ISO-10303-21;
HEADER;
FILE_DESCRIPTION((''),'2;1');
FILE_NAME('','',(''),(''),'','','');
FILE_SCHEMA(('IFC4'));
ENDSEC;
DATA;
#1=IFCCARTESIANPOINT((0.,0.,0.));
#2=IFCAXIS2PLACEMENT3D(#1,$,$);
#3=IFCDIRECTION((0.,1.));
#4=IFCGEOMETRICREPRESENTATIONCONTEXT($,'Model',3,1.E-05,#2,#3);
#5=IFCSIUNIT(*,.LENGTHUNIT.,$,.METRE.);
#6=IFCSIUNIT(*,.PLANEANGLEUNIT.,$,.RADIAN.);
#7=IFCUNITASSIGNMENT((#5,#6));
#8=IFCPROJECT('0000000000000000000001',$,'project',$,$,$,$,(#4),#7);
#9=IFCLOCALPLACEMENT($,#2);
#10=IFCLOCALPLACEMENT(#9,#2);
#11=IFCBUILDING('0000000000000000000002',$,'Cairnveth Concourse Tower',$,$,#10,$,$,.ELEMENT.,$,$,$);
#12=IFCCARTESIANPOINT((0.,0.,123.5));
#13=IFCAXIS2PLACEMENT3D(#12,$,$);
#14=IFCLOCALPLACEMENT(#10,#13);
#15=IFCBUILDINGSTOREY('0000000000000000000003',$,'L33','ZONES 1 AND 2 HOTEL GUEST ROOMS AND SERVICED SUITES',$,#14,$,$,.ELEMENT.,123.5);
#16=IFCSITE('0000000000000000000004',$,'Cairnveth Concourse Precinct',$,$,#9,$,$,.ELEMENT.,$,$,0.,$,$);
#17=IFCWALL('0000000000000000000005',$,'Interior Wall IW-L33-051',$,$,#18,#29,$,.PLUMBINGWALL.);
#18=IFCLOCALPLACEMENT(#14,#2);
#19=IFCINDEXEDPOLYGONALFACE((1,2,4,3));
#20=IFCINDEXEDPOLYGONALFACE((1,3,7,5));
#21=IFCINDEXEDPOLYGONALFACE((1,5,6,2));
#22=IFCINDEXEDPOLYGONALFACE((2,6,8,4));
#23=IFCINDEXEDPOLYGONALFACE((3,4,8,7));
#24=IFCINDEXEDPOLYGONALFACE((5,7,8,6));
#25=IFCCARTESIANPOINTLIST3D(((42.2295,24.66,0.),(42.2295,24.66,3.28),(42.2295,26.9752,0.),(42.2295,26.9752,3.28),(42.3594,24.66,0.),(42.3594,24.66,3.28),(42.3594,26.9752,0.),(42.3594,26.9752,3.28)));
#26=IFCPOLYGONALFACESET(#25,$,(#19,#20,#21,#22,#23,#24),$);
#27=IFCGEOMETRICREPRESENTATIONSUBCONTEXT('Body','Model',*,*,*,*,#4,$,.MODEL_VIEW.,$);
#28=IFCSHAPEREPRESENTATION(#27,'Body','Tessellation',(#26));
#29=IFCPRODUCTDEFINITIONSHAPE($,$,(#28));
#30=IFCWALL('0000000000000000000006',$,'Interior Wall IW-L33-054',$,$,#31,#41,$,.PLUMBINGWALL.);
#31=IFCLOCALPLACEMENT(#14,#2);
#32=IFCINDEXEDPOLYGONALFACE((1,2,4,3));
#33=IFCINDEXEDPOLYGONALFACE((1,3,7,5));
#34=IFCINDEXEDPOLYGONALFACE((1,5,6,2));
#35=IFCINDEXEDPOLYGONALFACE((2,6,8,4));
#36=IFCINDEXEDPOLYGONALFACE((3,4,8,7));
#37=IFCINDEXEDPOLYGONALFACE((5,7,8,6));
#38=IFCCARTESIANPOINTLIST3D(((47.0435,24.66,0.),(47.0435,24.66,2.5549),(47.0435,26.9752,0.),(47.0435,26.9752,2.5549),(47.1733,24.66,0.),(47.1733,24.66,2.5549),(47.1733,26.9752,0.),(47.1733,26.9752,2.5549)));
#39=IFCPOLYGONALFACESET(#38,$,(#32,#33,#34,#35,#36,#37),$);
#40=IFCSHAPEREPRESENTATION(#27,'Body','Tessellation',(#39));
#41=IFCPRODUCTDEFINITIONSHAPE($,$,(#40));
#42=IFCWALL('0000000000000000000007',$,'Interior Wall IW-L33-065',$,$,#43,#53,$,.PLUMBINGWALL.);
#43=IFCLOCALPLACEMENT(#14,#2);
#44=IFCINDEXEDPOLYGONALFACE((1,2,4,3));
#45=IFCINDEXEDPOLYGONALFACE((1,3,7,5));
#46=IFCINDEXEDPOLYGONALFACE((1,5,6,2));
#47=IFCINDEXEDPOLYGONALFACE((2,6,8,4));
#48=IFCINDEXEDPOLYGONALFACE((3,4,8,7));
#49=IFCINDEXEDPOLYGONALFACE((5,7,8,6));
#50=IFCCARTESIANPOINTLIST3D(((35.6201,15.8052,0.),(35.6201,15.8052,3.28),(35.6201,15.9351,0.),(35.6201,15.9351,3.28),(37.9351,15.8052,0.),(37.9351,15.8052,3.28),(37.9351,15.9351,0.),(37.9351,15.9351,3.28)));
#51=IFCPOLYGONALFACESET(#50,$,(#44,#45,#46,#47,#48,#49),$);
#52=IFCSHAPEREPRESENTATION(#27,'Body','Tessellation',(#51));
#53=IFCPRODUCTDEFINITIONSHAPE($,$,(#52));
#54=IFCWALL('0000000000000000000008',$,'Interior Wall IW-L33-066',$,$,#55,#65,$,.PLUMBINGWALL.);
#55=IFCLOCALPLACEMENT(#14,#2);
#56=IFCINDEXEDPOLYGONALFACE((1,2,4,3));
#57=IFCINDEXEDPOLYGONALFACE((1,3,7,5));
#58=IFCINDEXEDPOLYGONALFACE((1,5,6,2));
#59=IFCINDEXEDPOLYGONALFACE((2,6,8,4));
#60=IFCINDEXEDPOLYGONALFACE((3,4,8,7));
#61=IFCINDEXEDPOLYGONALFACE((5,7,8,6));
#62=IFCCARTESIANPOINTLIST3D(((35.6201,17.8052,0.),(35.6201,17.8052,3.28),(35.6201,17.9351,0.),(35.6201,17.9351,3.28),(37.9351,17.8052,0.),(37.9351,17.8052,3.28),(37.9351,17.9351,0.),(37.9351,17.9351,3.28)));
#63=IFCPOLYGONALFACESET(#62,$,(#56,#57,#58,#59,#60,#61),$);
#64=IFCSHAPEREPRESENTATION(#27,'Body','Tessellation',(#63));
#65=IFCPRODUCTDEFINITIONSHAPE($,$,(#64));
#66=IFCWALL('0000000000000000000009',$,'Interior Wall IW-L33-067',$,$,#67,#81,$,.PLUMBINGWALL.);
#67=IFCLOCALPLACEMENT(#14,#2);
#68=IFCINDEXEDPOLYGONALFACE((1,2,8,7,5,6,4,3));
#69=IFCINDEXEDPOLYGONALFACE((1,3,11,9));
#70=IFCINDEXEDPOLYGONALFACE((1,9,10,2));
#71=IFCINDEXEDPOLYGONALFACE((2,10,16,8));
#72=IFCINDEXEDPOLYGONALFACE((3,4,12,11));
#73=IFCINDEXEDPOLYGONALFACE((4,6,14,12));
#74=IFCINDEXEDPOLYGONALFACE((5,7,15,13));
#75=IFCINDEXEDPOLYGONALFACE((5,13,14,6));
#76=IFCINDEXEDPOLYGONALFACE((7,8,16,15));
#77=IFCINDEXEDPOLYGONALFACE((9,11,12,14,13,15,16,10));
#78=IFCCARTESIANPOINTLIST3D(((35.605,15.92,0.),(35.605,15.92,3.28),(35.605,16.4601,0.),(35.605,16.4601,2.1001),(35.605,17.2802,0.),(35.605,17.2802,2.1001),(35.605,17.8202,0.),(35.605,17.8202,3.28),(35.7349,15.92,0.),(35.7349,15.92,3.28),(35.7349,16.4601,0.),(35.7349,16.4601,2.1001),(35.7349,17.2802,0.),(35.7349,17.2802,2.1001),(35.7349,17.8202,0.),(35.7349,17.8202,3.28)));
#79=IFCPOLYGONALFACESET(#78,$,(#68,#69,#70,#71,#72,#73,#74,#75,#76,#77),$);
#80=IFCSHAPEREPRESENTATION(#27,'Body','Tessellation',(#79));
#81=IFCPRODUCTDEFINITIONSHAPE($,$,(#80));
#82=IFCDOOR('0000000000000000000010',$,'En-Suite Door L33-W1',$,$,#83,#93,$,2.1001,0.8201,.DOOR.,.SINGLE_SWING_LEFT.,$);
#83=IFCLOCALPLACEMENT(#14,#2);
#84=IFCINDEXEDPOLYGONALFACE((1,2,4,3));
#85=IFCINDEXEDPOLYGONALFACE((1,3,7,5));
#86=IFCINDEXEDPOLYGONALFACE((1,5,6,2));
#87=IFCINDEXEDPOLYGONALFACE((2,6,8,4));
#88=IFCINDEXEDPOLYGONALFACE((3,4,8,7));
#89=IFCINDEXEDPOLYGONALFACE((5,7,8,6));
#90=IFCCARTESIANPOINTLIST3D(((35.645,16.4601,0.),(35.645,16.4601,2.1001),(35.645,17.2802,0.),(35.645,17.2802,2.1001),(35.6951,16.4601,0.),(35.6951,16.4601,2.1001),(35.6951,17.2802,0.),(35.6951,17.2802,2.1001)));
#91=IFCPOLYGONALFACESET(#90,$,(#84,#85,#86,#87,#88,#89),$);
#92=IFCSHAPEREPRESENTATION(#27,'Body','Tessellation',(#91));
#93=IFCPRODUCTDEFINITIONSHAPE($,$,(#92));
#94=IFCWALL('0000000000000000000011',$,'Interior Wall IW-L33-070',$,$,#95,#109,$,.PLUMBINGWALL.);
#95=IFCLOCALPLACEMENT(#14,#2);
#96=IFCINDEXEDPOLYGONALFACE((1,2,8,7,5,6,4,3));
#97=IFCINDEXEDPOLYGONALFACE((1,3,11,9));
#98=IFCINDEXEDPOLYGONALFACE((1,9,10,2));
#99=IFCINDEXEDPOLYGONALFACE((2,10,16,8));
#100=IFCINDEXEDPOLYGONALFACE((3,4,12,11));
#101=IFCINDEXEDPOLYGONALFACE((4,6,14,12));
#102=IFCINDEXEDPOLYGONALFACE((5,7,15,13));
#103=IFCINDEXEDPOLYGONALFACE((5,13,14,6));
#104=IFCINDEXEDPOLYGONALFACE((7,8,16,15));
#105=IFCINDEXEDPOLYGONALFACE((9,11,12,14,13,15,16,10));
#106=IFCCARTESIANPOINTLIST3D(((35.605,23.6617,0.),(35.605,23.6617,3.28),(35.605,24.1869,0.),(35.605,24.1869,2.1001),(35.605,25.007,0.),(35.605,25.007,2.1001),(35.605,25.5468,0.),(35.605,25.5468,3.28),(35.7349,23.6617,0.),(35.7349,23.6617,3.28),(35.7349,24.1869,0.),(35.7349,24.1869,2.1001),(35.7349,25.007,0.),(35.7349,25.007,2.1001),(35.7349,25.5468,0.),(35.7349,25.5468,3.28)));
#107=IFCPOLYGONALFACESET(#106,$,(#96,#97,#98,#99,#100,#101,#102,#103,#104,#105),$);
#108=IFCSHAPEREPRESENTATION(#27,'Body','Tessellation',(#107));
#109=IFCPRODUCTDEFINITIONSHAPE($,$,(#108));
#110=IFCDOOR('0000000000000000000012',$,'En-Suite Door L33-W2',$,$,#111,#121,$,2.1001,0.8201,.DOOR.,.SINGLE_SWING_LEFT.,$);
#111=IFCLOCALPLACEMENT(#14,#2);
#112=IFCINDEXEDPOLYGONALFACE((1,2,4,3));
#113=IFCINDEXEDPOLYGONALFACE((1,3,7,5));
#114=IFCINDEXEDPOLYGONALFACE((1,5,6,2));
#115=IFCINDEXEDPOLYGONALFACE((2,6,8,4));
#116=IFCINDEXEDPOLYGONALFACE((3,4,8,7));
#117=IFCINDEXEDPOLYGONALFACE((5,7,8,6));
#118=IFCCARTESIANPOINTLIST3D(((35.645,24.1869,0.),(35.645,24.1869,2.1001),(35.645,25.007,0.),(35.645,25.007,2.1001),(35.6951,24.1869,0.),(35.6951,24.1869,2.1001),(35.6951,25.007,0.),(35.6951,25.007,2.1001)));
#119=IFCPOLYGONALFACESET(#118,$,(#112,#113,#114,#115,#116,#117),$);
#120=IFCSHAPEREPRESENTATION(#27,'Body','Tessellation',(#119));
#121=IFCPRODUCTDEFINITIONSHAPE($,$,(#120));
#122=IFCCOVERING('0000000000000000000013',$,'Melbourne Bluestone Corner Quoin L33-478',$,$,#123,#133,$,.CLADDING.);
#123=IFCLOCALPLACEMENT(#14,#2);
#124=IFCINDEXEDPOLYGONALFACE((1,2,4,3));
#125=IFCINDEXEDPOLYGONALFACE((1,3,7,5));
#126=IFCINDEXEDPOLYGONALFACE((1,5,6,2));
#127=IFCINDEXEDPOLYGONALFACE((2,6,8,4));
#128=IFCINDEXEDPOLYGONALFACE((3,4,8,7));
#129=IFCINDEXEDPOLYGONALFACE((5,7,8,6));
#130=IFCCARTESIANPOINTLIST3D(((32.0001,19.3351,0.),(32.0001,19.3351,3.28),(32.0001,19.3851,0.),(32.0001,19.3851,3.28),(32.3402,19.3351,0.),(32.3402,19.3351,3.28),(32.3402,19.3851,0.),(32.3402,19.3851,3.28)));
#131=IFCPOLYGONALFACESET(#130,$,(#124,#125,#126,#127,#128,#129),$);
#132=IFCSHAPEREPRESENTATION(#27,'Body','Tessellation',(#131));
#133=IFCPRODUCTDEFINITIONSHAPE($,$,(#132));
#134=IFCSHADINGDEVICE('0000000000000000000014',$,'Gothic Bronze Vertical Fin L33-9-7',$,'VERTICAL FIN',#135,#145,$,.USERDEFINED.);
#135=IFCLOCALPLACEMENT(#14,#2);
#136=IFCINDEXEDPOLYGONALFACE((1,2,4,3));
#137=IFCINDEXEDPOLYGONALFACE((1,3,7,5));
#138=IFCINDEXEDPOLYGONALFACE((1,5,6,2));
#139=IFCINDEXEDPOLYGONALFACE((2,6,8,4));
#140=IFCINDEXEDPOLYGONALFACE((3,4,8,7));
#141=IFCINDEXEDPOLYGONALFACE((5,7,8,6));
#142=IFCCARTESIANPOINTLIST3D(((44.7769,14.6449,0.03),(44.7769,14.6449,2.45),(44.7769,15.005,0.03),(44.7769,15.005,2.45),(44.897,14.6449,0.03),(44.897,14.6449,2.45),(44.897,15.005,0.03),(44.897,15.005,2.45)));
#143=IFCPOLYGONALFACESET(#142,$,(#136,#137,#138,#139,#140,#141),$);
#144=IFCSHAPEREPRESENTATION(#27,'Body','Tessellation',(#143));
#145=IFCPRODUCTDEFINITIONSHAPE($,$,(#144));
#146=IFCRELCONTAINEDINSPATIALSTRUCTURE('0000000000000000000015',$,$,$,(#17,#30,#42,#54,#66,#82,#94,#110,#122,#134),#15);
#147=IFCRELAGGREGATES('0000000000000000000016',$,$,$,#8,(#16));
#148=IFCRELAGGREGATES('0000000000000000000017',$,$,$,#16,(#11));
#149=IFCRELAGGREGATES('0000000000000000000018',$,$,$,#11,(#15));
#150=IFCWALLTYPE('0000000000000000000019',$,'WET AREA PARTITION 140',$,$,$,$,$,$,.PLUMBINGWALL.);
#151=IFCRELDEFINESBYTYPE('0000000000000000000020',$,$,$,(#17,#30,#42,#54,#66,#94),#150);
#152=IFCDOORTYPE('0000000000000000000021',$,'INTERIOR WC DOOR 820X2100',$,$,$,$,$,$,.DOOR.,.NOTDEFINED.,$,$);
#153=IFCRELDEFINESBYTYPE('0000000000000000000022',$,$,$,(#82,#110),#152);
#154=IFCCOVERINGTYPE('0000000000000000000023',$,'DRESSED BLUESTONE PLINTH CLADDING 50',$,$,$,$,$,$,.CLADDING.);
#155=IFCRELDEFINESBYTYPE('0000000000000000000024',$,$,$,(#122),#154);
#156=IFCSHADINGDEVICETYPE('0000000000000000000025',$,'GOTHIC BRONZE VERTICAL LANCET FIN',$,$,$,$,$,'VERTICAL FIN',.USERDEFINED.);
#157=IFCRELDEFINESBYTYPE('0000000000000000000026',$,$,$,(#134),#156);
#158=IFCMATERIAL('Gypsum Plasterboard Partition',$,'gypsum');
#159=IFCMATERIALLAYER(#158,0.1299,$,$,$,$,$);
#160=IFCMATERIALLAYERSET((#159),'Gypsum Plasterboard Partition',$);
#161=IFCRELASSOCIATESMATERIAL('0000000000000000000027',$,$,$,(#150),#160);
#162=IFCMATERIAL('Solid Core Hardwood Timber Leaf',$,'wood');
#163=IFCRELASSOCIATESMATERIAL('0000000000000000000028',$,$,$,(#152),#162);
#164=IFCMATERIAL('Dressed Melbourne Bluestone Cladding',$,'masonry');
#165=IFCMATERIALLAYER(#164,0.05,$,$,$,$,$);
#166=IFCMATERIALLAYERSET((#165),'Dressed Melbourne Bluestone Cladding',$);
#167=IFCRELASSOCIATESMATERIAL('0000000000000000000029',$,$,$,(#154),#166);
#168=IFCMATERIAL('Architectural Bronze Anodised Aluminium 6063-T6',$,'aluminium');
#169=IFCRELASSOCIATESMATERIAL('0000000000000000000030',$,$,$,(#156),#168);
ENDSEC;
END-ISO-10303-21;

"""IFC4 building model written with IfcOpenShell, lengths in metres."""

from ifc_helpers import new_model, si_unit, direction, frame, frame_2d, origin, origin_2d, place, context, subcontext, project, spatial, rectangle, extrude, material, layer, layer_set, type_object, element, fill, save


model = new_model("IFC4")

# Units and contexts
model_context = context("Model", 3, precision=1e-05, world=origin(), true_north=direction((0.0, 1.0)))
body_context = subcontext(model_context, "Body", "Model", "MODEL_VIEW")
ifc_project = project(units=[si_unit("LENGTHUNIT", "METRE"), si_unit("PLANEANGLEUNIT", "RADIAN")], contexts=[model_context])

# Site, building, storey
site_placement = place(None, origin())
site = spatial("IfcSite", under=ifc_project, at=site_placement, Name="Cairnveth Concourse Precinct", CompositionType="ELEMENT", RefElevation=0.0)
building_placement = place(site_placement, origin())
building = spatial("IfcBuilding", under=site, at=building_placement, Name="Cairnveth Concourse Tower", CompositionType="ELEMENT")
storey_placement = place(building_placement, frame((0.0, 0.0, 123.5)))
storey = spatial("IfcBuildingStorey", under=building, at=storey_placement, Name="L33", Description="ZONES 1 AND 2 HOTEL GUEST ROOMS AND SERVICED SUITES", CompositionType="ELEMENT", Elevation=123.5)

# Shared definitions
ifc_material_1 = material(Name="Gypsum Plasterboard Partition", Category="gypsum")
ifc_material_2 = material(Name="Solid Core Hardwood Timber Leaf", Category="wood")

# Walls
ifc_layer_1 = layer(ifc_material_1, 0.1299)
ifc_layer_set_1 = layer_set([ifc_layer_1], Name="Gypsum Plasterboard Partition")
wall_type_1 = type_object("IfcWallType", Name="WET AREA PARTITION 140", PredefinedType="PLUMBINGWALL", material=ifc_layer_set_1)
wall_1_placement = place(storey_placement, frame((42.2944, 24.6599, 0.0), z_axis=(0.0, 0.0, 1.0), x_axis=(0.0, 1.0, 0.0)))
element("IfcWall", 1, at=wall_1_placement, inside=storey, type_object=wall_type_1, Name="Interior Wall IW-L33-051", PredefinedType="PLUMBINGWALL", context=body_context, shape_type="SweptSolid", body=[
    extrude(rectangle(XDim=2.3152, YDim=0.1299, at=frame_2d((1.1577, 0.0))), origin(), (0.0, 0.0, 1.0), 3.28),
])
wall_2_placement = place(storey_placement, frame((47.1084, 24.6599, 0.0), z_axis=(0.0, 0.0, 1.0), x_axis=(0.0, 1.0, 0.0)))
element("IfcWall", 2, at=wall_2_placement, inside=storey, type_object=wall_type_1, Name="Interior Wall IW-L33-054", PredefinedType="PLUMBINGWALL", context=body_context, shape_type="SweptSolid", body=[
    extrude(rectangle(XDim=2.3152, YDim=0.1299, at=frame_2d((1.1577, 0.0))), origin(), (0.0, 0.0, 1.0), 2.5549),
])
for number, where, z_axis, x_axis, name in (
    (3, (35.6201, 15.8701, 0.0), (0.0, 0.0, 1.0), (1.0, 0.0, 0.0), "Interior Wall IW-L33-065"),
    (4, (35.6201, 17.8701, 0.0), (0.0, 0.0, 1.0), (1.0, 0.0, 0.0), "Interior Wall IW-L33-066"),
):
    element("IfcWall", number, at=place(storey_placement, frame(where, z_axis=z_axis, x_axis=x_axis)), inside=storey, type_object=wall_type_1, Name=name, PredefinedType="PLUMBINGWALL", context=body_context, shape_type="SweptSolid", body=[
        extrude(rectangle(XDim=2.3149, YDim=0.1299, at=frame_2d((1.1575, 0.0))), origin(), (0.0, 0.0, 1.0), 3.28),
    ])

# Walls, openings, doors
wall_3_placement = place(storey_placement, frame((35.6699, 15.9199, 0.0), z_axis=(0.0, 0.0, 1.0), x_axis=(0.0, 1.0, 0.0)))
wall_3 = element("IfcWall", 5, at=wall_3_placement, inside=storey, type_object=wall_type_1, Name="Interior Wall IW-L33-067", PredefinedType="PLUMBINGWALL", context=body_context, shape_type="SweptSolid", body=[
    extrude(rectangle(XDim=1.9001, YDim=0.1299, at=frame_2d((0.9502, 0.0))), origin(), (0.0, 0.0, 1.0), 3.28),
])
opening_1_placement = place(wall_3_placement, frame((0.54, 0.0, 0.0)))
opening_1 = element("IfcOpeningElement", 6, at=opening_1_placement, cuts=wall_3, PredefinedType="OPENING", context=body_context, shape_type="SweptSolid", body=[
    extrude(rectangle(XDim=0.8201, YDim=2.1001, at=frame_2d((0.4102, 1.05))), frame((0.0, 0.075, 0.0), z_axis=(0.0, -1.0, 0.0), x_axis=(1.0, 0.0, 0.0)), (0.0, 0.0, 1.0), 0.1499),
])
door_type_1 = type_object("IfcDoorType", Name="INTERIOR WC DOOR 820X2100", OperationType="NOTDEFINED", PredefinedType="DOOR", material=ifc_material_2)
door_1_placement = place(opening_1_placement, origin())
door_1 = element("IfcDoor", 7, at=door_1_placement, inside=storey, type_object=door_type_1, Name="En-Suite Door L33-W1", OperationType="SINGLE_SWING_LEFT", OverallHeight=2.1001, OverallWidth=0.8201, PredefinedType="DOOR", context=body_context, shape_type="SweptSolid", body=[
    extrude(rectangle(XDim=0.8201, YDim=2.1001, at=frame_2d((0.4102, 1.05))), frame((0.0, 0.0249, 0.0), z_axis=(0.0, -1.0, 0.0), x_axis=(1.0, 0.0, 0.0)), (0.0, 0.0, 1.0), 0.05),
])
fill(opening_1, door_1)
wall_4_placement = place(storey_placement, frame((35.6699, 23.6619, 0.0), z_axis=(0.0, 0.0, 1.0), x_axis=(0.0, 1.0, 0.0)))
wall_4 = element("IfcWall", 8, at=wall_4_placement, inside=storey, type_object=wall_type_1, Name="Interior Wall IW-L33-070", PredefinedType="PLUMBINGWALL", context=body_context, shape_type="SweptSolid", body=[
    extrude(rectangle(XDim=1.885, YDim=0.1299, at=frame_2d((0.9424, 0.0))), origin(), (0.0, 0.0, 1.0), 3.28),
])
opening_2_placement = place(wall_4_placement, frame((0.5249, 0.0, 0.0)))
opening_2 = element("IfcOpeningElement", 9, at=opening_2_placement, cuts=wall_4, PredefinedType="OPENING", context=body_context, shape_type="SweptSolid", body=[
    extrude(rectangle(XDim=0.8201, YDim=2.1001, at=frame_2d((0.4102, 1.05))), frame((0.0, 0.075, 0.0), z_axis=(0.0, -1.0, 0.0), x_axis=(1.0, 0.0, 0.0)), (0.0, 0.0, 1.0), 0.1499),
])
door_2_placement = place(opening_2_placement, origin())
door_2 = element("IfcDoor", 10, at=door_2_placement, inside=storey, type_object=door_type_1, Name="En-Suite Door L33-W2", OperationType="SINGLE_SWING_LEFT", OverallHeight=2.1001, OverallWidth=0.8201, PredefinedType="DOOR", context=body_context, shape_type="SweptSolid", body=[
    extrude(rectangle(XDim=0.8201, YDim=2.1001, at=frame_2d((0.4102, 1.05))), frame((0.0, 0.0249, 0.0), z_axis=(0.0, -1.0, 0.0), x_axis=(1.0, 0.0, 0.0)), (0.0, 0.0, 1.0), 0.05),
])
fill(opening_2, door_2)

# Covering
ifc_material_3 = material(Name="Dressed Melbourne Bluestone Cladding", Category="masonry")
ifc_layer_2 = layer(ifc_material_3, 0.05)
ifc_layer_set_2 = layer_set([ifc_layer_2], Name="Dressed Melbourne Bluestone Cladding")
covering_type = type_object("IfcCoveringType", Name="DRESSED BLUESTONE PLINTH CLADDING 50", PredefinedType="CLADDING", material=ifc_layer_set_2)
covering_placement = place(storey_placement, frame((32.3401, 19.3601, 0.0), z_axis=(0.0, 0.0, 1.0), x_axis=(-1.0, 0.0, 0.0)))
element("IfcCovering", 11, at=covering_placement, inside=storey, type_object=covering_type, Name="Melbourne Bluestone Corner Quoin L33-478", PredefinedType="CLADDING", context=body_context, shape_type="SweptSolid", body=[
    extrude(rectangle(XDim=0.3401, YDim=0.05, at=frame_2d((0.1699, 0.0))), origin(), (0.0, 0.0, 1.0), 3.28),
])

# Shading device
ifc_material_4 = material(Name="Architectural Bronze Anodised Aluminium 6063-T6", Category="aluminium")
shading_device_type = type_object("IfcShadingDeviceType", Name="GOTHIC BRONZE VERTICAL LANCET FIN", ElementType="VERTICAL FIN", PredefinedType="USERDEFINED", material=ifc_material_4)
shading_device_placement = place(storey_placement, frame((44.8369, 14.825, 0.03), z_axis=(0.0, 0.0, 1.0), x_axis=(1.0, 0.0, 0.0)))
element("IfcShadingDevice", 12, at=shading_device_placement, inside=storey, type_object=shading_device_type, Name="Gothic Bronze Vertical Fin L33-9-7", ObjectType="VERTICAL FIN", PredefinedType="USERDEFINED", context=body_context, shape_type="SweptSolid", body=[
    extrude(rectangle(XDim=0.1201, YDim=0.3601, at=origin_2d()), origin(), (0.0, 0.0, 1.0), 2.4199),
])

save(model, "model.ifc")
